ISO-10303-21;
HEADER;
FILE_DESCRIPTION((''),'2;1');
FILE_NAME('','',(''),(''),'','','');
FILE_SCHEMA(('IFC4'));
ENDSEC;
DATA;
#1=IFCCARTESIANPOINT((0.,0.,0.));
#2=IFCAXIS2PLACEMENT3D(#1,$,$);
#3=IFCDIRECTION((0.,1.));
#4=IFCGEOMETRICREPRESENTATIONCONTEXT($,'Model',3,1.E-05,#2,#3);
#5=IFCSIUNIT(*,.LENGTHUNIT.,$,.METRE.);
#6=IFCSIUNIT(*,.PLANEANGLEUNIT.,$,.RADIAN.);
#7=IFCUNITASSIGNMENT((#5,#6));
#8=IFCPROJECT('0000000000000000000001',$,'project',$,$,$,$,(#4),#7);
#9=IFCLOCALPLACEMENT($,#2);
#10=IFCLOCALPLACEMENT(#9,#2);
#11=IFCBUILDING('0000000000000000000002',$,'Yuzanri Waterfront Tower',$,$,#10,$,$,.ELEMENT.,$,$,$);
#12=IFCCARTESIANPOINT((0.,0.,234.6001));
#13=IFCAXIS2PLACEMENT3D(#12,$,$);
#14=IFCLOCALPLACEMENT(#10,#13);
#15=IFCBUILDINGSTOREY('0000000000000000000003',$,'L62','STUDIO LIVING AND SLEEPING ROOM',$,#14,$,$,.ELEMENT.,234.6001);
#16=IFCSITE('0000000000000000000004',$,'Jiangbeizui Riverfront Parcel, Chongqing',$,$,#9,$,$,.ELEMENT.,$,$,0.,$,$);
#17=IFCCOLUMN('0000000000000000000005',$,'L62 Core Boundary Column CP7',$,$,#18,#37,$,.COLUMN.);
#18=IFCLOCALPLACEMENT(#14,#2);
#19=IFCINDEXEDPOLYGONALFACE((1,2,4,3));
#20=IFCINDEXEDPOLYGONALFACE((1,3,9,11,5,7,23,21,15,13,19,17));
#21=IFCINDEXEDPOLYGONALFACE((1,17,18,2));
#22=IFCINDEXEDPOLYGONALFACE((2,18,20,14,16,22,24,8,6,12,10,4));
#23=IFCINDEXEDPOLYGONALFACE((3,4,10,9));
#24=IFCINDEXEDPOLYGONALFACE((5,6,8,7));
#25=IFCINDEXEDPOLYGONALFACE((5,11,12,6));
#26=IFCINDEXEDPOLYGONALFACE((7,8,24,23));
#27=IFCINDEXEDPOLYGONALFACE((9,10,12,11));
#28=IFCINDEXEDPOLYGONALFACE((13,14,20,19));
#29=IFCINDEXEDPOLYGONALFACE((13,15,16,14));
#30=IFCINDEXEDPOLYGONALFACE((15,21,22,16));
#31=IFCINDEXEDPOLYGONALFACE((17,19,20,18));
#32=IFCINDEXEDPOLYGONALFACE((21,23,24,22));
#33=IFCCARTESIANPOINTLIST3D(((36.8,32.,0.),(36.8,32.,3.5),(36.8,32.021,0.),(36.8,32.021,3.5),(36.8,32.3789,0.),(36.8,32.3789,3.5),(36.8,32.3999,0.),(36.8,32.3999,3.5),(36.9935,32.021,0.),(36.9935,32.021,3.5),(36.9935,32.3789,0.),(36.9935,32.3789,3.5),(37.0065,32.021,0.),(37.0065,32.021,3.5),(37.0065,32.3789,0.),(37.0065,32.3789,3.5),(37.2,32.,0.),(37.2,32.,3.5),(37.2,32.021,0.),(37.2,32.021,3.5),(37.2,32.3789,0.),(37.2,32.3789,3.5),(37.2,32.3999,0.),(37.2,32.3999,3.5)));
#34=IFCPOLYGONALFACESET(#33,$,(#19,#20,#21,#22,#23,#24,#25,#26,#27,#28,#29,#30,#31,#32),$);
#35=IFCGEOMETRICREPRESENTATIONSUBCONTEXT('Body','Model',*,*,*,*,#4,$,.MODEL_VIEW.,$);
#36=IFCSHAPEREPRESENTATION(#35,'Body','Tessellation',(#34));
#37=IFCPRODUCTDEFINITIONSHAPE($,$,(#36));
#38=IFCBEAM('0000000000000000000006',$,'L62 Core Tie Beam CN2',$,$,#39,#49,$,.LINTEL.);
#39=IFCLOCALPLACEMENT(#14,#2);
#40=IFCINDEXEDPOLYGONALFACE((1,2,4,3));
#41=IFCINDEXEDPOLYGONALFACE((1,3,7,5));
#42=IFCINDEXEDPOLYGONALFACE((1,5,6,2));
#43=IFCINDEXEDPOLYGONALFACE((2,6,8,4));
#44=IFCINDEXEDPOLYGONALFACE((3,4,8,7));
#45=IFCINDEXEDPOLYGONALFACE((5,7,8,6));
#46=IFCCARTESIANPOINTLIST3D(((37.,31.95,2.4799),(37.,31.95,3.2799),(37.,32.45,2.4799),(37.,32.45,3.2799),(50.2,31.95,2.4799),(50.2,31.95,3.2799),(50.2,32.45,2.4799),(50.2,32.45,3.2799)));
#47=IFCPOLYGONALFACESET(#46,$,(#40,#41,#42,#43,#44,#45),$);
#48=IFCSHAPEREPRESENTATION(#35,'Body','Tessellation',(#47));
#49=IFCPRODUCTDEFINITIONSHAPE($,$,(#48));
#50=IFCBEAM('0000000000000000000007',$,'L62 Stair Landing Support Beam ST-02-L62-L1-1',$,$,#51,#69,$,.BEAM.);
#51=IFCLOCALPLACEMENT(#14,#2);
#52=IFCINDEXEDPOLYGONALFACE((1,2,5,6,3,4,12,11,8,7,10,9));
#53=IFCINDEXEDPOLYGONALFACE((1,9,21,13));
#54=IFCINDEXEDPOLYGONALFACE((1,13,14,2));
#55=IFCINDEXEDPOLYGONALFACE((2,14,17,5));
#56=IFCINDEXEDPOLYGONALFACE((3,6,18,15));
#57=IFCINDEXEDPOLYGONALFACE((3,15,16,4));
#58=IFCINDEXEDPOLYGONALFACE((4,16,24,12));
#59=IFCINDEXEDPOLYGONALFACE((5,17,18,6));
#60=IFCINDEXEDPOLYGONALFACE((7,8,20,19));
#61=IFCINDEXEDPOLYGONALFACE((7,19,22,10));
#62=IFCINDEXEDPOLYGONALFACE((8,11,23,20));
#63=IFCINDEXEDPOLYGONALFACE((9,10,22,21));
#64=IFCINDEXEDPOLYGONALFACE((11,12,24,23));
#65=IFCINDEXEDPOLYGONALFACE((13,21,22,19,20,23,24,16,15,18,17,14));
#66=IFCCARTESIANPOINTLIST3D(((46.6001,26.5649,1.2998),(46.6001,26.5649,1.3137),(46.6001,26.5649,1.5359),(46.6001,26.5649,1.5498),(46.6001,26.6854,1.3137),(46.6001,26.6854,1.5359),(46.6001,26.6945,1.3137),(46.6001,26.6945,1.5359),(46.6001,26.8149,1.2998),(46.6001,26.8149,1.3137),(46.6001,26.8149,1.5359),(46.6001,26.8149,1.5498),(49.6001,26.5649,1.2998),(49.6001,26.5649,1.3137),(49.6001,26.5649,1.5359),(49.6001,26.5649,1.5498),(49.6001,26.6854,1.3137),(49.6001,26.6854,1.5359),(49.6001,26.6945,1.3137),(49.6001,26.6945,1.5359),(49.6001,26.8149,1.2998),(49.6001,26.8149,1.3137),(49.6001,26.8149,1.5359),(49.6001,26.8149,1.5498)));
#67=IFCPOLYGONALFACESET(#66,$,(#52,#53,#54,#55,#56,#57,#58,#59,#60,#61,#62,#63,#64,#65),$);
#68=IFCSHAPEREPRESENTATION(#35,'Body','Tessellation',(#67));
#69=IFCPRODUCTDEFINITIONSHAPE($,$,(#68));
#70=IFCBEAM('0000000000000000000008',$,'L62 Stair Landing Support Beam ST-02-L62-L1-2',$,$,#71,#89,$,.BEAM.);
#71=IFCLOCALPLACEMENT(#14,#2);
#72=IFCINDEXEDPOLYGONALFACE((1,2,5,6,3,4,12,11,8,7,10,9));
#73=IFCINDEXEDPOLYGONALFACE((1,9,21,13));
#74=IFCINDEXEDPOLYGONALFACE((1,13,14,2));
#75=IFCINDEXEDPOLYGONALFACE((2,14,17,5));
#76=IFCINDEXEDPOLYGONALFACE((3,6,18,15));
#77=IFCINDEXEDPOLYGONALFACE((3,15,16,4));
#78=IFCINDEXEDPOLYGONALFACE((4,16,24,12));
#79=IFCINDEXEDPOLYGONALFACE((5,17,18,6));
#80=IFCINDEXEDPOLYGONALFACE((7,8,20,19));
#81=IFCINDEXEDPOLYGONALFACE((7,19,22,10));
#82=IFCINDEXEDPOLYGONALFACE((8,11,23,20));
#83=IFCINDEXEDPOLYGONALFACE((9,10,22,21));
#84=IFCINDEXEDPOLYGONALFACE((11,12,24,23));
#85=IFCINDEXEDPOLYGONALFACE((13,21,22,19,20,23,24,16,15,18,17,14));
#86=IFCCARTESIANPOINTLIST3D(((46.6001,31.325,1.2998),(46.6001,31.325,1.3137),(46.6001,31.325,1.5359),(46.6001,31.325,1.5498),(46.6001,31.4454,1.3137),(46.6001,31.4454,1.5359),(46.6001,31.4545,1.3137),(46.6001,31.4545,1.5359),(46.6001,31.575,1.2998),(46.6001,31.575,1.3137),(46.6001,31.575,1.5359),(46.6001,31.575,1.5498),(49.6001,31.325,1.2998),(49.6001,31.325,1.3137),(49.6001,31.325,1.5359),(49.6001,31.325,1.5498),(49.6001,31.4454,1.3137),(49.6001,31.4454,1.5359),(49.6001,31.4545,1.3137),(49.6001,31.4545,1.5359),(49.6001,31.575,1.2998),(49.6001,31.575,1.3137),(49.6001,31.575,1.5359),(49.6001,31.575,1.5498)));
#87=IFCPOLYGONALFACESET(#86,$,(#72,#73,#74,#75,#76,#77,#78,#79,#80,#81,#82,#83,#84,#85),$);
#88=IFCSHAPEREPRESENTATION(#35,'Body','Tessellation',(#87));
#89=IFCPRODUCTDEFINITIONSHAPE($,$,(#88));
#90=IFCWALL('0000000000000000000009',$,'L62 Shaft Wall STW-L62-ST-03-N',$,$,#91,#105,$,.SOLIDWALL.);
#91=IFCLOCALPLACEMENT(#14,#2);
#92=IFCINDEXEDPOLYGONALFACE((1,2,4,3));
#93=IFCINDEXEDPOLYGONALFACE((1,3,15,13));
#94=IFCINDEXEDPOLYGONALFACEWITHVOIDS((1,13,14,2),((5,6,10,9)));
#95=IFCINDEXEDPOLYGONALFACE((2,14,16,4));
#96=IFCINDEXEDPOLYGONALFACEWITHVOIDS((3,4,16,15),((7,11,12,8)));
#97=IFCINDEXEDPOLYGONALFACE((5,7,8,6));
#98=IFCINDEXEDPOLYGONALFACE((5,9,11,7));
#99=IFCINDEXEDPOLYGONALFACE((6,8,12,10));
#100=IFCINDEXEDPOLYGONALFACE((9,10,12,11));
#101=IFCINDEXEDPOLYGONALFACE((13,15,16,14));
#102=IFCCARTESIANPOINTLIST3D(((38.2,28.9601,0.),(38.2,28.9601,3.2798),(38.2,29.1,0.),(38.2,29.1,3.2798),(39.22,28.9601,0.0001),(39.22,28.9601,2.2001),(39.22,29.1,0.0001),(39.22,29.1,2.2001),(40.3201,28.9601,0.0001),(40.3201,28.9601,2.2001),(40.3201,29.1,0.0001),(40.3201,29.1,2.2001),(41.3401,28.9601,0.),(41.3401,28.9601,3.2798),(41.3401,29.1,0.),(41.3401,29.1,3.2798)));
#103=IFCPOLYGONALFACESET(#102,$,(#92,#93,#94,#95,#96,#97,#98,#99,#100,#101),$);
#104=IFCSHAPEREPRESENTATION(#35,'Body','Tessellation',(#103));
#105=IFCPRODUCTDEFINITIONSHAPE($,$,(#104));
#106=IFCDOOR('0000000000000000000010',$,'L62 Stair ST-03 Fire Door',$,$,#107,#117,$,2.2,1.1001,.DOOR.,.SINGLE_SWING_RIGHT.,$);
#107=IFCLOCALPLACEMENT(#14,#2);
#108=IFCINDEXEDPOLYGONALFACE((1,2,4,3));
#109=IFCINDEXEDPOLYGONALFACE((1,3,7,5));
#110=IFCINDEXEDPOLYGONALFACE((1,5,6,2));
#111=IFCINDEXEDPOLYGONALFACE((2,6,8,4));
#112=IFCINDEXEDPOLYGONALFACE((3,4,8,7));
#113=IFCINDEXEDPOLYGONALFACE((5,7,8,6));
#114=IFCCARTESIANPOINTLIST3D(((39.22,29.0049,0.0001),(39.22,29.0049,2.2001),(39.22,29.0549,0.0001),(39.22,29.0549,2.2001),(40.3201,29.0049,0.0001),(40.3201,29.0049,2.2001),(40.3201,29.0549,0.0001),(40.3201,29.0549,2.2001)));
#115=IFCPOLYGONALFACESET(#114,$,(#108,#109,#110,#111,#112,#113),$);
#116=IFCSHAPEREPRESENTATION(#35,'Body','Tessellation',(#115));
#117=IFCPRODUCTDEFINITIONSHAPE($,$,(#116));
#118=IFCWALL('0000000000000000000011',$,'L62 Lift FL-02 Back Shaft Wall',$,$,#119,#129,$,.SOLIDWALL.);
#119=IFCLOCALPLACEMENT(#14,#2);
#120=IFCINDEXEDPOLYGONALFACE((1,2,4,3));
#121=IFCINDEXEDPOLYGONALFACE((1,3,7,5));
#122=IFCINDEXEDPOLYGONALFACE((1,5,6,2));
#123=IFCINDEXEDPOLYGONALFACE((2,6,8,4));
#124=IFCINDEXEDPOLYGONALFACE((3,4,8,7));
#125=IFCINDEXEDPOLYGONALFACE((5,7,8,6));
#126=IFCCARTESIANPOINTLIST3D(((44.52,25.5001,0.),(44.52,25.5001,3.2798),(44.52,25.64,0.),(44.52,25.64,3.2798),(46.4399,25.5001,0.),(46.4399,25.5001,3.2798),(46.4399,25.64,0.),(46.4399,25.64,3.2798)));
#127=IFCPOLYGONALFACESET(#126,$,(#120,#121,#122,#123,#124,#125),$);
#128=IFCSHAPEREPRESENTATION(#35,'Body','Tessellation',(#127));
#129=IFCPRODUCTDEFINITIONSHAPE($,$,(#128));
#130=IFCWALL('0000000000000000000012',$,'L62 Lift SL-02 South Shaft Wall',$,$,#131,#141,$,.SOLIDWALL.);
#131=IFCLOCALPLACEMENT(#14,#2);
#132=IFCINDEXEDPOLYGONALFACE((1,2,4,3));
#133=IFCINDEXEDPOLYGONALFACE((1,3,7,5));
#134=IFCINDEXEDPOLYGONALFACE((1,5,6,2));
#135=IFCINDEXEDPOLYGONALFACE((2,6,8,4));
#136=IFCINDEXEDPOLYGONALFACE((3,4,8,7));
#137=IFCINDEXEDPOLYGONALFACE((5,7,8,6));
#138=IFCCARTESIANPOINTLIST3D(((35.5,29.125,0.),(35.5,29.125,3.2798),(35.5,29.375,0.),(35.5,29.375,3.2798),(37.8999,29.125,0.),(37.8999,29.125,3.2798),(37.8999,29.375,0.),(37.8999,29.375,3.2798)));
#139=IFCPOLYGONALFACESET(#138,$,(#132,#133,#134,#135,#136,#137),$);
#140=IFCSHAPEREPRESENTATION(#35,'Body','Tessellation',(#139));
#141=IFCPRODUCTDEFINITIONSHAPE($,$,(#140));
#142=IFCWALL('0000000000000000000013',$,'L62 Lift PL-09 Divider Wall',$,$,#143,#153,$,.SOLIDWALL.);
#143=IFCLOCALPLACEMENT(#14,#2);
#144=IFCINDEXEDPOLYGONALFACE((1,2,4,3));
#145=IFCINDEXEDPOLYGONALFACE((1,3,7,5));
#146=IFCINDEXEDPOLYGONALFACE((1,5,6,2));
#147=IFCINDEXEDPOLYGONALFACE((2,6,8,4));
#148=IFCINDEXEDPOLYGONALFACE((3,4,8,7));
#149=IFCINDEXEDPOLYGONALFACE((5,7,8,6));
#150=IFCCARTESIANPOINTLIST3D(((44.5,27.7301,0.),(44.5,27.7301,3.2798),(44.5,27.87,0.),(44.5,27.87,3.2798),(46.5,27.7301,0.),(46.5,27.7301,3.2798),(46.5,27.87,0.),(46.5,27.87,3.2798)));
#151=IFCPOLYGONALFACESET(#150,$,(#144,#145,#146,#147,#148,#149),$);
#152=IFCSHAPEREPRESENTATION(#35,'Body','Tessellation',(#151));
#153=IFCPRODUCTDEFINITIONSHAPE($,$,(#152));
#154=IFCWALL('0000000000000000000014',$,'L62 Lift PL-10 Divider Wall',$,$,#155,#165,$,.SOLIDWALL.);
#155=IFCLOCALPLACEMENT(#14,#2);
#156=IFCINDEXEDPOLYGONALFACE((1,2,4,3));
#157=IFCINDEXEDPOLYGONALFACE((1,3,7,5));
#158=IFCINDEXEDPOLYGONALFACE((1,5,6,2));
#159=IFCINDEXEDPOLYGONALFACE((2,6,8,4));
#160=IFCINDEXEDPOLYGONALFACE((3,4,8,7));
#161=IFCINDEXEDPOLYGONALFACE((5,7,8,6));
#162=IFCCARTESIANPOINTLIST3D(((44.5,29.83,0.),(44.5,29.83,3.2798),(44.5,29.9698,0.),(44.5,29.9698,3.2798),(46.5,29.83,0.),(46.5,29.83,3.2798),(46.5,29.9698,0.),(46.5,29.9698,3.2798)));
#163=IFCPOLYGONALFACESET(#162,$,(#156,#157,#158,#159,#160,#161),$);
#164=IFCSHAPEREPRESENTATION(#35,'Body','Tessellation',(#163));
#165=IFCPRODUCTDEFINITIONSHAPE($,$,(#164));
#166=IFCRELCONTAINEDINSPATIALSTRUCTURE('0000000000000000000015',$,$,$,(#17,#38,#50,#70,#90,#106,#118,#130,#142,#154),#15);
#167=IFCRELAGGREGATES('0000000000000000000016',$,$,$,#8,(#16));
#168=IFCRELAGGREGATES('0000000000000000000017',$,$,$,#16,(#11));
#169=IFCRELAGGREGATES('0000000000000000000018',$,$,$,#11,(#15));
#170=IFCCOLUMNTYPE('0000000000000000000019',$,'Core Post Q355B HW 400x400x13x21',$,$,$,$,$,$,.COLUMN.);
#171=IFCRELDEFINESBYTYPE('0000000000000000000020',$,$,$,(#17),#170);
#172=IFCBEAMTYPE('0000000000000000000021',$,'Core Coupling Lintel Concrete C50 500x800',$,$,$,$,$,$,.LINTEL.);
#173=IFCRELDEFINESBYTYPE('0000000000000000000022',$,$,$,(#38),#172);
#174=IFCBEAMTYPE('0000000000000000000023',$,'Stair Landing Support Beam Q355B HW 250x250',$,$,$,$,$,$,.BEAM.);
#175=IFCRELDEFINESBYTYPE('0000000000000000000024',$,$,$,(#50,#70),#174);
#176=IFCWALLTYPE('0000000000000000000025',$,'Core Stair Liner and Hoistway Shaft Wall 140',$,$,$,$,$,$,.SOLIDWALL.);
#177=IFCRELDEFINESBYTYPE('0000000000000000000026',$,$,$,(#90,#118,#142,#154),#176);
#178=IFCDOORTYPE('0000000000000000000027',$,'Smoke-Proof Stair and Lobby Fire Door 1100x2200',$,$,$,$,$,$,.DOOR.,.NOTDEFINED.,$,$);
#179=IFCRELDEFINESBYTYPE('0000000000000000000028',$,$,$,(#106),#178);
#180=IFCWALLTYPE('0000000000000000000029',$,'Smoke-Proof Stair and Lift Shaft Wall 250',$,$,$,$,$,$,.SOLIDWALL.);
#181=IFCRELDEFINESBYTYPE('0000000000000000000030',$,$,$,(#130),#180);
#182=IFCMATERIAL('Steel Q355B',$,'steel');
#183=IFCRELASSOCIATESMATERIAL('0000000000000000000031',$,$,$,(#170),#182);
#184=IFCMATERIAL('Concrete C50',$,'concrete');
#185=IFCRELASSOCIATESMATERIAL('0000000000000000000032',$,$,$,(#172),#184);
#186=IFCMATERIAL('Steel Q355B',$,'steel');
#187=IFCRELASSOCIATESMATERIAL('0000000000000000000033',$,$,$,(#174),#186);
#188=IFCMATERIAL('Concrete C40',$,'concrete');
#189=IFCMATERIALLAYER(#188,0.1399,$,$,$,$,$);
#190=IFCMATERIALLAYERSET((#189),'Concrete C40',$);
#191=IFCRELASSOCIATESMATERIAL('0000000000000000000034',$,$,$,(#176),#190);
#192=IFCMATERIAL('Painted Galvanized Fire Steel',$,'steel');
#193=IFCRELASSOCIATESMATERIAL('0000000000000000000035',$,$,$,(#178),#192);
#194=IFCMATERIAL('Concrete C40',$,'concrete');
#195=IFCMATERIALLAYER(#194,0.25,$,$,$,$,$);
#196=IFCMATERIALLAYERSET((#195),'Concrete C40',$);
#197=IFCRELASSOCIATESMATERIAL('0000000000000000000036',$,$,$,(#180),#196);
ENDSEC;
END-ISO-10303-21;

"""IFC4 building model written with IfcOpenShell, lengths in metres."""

from ifc_helpers import new_model, si_unit, direction, frame, frame_2d, origin, origin_2d, place, context, subcontext, project, spatial, rectangle, i_section, extrude, source, transform, mapped, material, layer, layer_set, material_profile, profile_set, type_object, element, fill, save


model = new_model("IFC4")

# Units and contexts
model_context = context("Model", 3, precision=1e-05, world=origin(), true_north=direction((0.0, 1.0)))
body_context = subcontext(model_context, "Body", "Model", "MODEL_VIEW")
ifc_project = project(units=[si_unit("LENGTHUNIT", "METRE"), si_unit("PLANEANGLEUNIT", "RADIAN")], contexts=[model_context])

# Site, building, storey
site_placement = place(None, origin())
site = spatial("IfcSite", under=ifc_project, at=site_placement, Name="Jiangbeizui Riverfront Parcel, Chongqing", CompositionType="ELEMENT", RefElevation=0.0)
building_placement = place(site_placement, origin())
building = spatial("IfcBuilding", under=site, at=building_placement, Name="Yuzanri Waterfront Tower", CompositionType="ELEMENT")
storey_placement = place(building_placement, frame((0.0, 0.0, 234.6001)))
storey = spatial("IfcBuildingStorey", under=building, at=storey_placement, Name="L62", Description="STUDIO LIVING AND SLEEPING ROOM", CompositionType="ELEMENT", Elevation=234.6001)

# Column
ifc_material_1 = material(Name="Steel Q355B", Category="steel")
ifc_material_profile_1 = material_profile(ifc_material_1, i_section(OverallWidth=0.3999, OverallDepth=0.3999, WebThickness=0.0129, FlangeThickness=0.021, at=origin_2d()), Name="HW 400x400x13x21")
ifc_profile_set_1 = profile_set([ifc_material_profile_1], Name="Steel Q355B")
column_type = type_object("IfcColumnType", Name="Core Post Q355B HW 400x400x13x21", PredefinedType="COLUMN", material=ifc_profile_set_1)
shared_shape_1 = source(origin(), body_context, "Body", "SweptSolid", [
    extrude(i_section(OverallWidth=0.3999, OverallDepth=0.3999, WebThickness=0.0129, FlangeThickness=0.021, at=origin_2d()), origin(), (0.0, 0.0, 1.0), 3.5),
])
column_placement = place(storey_placement, frame((37.0, 32.2, 0.0), z_axis=(0.0, 0.0, 1.0), x_axis=(1.0, 0.0, 0.0)))
element("IfcColumn", 1, at=column_placement, inside=storey, type_object=column_type, Name="L62 Core Boundary Column CP7", PredefinedType="COLUMN", context=body_context, shape_type="MappedRepresentation", body=[
    mapped(shared_shape_1, transform((0.0, 0.0, 0.0), scale=1.0)),
])

# Beams
ifc_material_2 = material(Name="Concrete C50", Category="concrete")
ifc_material_profile_2 = material_profile(ifc_material_2, rectangle(XDim=0.5, YDim=0.8, at=origin_2d()), Name="RC 500x800")
ifc_profile_set_2 = profile_set([ifc_material_profile_2], Name="Concrete C50")
beam_type_1 = type_object("IfcBeamType", Name="Core Coupling Lintel Concrete C50 500x800", PredefinedType="LINTEL", material=ifc_profile_set_2)
shared_shape_2 = source(origin(), body_context, "Body", "SweptSolid", [
    extrude(rectangle(XDim=0.5, YDim=0.8, at=origin_2d()), origin(), (0.0, 0.0, 1.0), 13.2),
])
beam_placement = place(storey_placement, frame((37.0, 32.2, 2.8799), z_axis=(1.0, 0.0, 0.0), x_axis=(0.0, 1.0, 0.0)))
element("IfcBeam", 2, at=beam_placement, inside=storey, type_object=beam_type_1, Name="L62 Core Tie Beam CN2", PredefinedType="LINTEL", context=body_context, shape_type="MappedRepresentation", body=[
    mapped(shared_shape_2, transform((0.0, 0.0, 0.0), scale=1.0)),
])
ifc_material_3 = material(Name="Steel Q355B", Category="steel")
ifc_material_profile_3 = material_profile(ifc_material_3, i_section(OverallWidth=0.25, OverallDepth=0.25, WebThickness=0.009, FlangeThickness=0.0139, at=origin_2d()), Name="HW 250x250x9x14")
ifc_profile_set_3 = profile_set([ifc_material_profile_3], Name="Steel Q355B")
beam_type_2 = type_object("IfcBeamType", Name="Stair Landing Support Beam Q355B HW 250x250", PredefinedType="BEAM", material=ifc_profile_set_3)
shared_shape_3 = source(origin(), body_context, "Body", "SweptSolid", [
    extrude(i_section(OverallWidth=0.25, OverallDepth=0.25, WebThickness=0.009, FlangeThickness=0.0139, at=origin_2d()), origin(), (0.0, 0.0, 1.0), 3.0),
])
for number, where, z_axis, x_axis, name in (
    (3, (46.6001, 26.6899, 1.4248), (1.0, 0.0, 0.0), (0.0, 1.0, 0.0), "L62 Stair Landing Support Beam ST-02-L62-L1-1"),
    (4, (46.6001, 31.45, 1.4248), (1.0, 0.0, 0.0), (0.0, 1.0, 0.0), "L62 Stair Landing Support Beam ST-02-L62-L1-2"),
):
    element("IfcBeam", number, at=place(storey_placement, frame(where, z_axis=z_axis, x_axis=x_axis)), inside=storey, type_object=beam_type_2, Name=name, PredefinedType="BEAM", context=body_context, shape_type="MappedRepresentation", body=[
        mapped(shared_shape_3, transform((0.0, 0.0, 0.0), scale=1.0)),
    ])

# Wall, opening, door
ifc_material_4 = material(Name="Concrete C40", Category="concrete")
ifc_layer_1 = layer(ifc_material_4, 0.1399)
ifc_layer_set_1 = layer_set([ifc_layer_1], Name="Concrete C40")
wall_type_1 = type_object("IfcWallType", Name="Core Stair Liner and Hoistway Shaft Wall 140", PredefinedType="SOLIDWALL", material=ifc_layer_set_1)
wall_1_placement = place(storey_placement, frame((38.2, 29.03, 0.0), z_axis=(0.0, 0.0, 1.0), x_axis=(1.0, 0.0, 0.0)))
wall_1 = element("IfcWall", 5, at=wall_1_placement, inside=storey, type_object=wall_type_1, Name="L62 Shaft Wall STW-L62-ST-03-N", PredefinedType="SOLIDWALL", context=body_context, shape_type="SweptSolid", body=[
    extrude(rectangle(XDim=3.1401, YDim=0.1399, at=frame_2d((1.5701, 0.0))), origin(), (0.0, 0.0, 1.0), 3.2798),
])
opening_placement = place(wall_1_placement, frame((1.02, 0.0, 0.0)))
opening = element("IfcOpeningElement", 6, at=opening_placement, cuts=wall_1, PredefinedType="OPENING", context=body_context, shape_type="SweptSolid", body=[
    extrude(rectangle(XDim=1.1001, YDim=2.2, at=frame_2d((0.55, 1.1001))), frame((0.0, 0.085, 0.0), z_axis=(0.0, -1.0, 0.0), x_axis=(1.0, 0.0, 0.0)), (0.0, 0.0, 1.0), 0.1697),
])
ifc_material_5 = material(Name="Painted Galvanized Fire Steel", Category="steel")
door_type = type_object("IfcDoorType", Name="Smoke-Proof Stair and Lobby Fire Door 1100x2200", OperationType="NOTDEFINED", PredefinedType="DOOR", material=ifc_material_5)
shared_shape_4 = source(origin(), body_context, "Body", "SweptSolid", [
    extrude(rectangle(XDim=1.1001, YDim=2.2, at=frame_2d((0.55, 1.1001))), frame((0.0, 0.0249, 0.0), z_axis=(0.0, -1.0, 0.0), x_axis=(1.0, 0.0, 0.0)), (0.0, 0.0, 1.0), 0.05),
])
door_placement = place(opening_placement, origin())
door = element("IfcDoor", 7, at=door_placement, inside=storey, type_object=door_type, Name="L62 Stair ST-03 Fire Door", OperationType="SINGLE_SWING_RIGHT", OverallHeight=2.2, OverallWidth=1.1001, PredefinedType="DOOR", context=body_context, shape_type="MappedRepresentation", body=[
    mapped(shared_shape_4, transform((0.0, 0.0, 0.0), scale=1.0)),
])
fill(opening, door)

# Walls
shared_shape_5 = source(origin(), body_context, "Body", "SweptSolid", [
    extrude(rectangle(XDim=1.9199, YDim=0.1399, at=frame_2d((0.96, 0.0))), origin(), (0.0, 0.0, 1.0), 3.2798),
])
wall_2_placement = place(storey_placement, frame((44.52, 25.5701, 0.0), z_axis=(0.0, 0.0, 1.0), x_axis=(1.0, 0.0, 0.0)))
element("IfcWall", 8, at=wall_2_placement, inside=storey, type_object=wall_type_1, Name="L62 Lift FL-02 Back Shaft Wall", PredefinedType="SOLIDWALL", context=body_context, shape_type="MappedRepresentation", body=[
    mapped(shared_shape_5, transform((0.0, 0.0, 0.0), scale=1.0)),
])
ifc_material_6 = material(Name="Concrete C40", Category="concrete")
ifc_layer_2 = layer(ifc_material_6, 0.25)
ifc_layer_set_2 = layer_set([ifc_layer_2], Name="Concrete C40")
wall_type_2 = type_object("IfcWallType", Name="Smoke-Proof Stair and Lift Shaft Wall 250", PredefinedType="SOLIDWALL", material=ifc_layer_set_2)
shared_shape_6 = source(origin(), body_context, "Body", "SweptSolid", [
    extrude(rectangle(XDim=2.3999, YDim=0.25, at=frame_2d((1.2, 0.0))), origin(), (0.0, 0.0, 1.0), 3.2798),
])
wall_3_placement = place(storey_placement, frame((35.5, 29.25, 0.0), z_axis=(0.0, 0.0, 1.0), x_axis=(1.0, 0.0, 0.0)))
element("IfcWall", 9, at=wall_3_placement, inside=storey, type_object=wall_type_2, Name="L62 Lift SL-02 South Shaft Wall", PredefinedType="SOLIDWALL", context=body_context, shape_type="MappedRepresentation", body=[
    mapped(shared_shape_6, transform((0.0, 0.0, 0.0), scale=1.0)),
])
shared_shape_7 = source(origin(), body_context, "Body", "SweptSolid", [
    extrude(rectangle(XDim=2.0, YDim=0.1399, at=frame_2d((1.0, 0.0))), origin(), (0.0, 0.0, 1.0), 3.2798),
])
for number, where, z_axis, x_axis, name in (
    (10, (44.5, 27.8, 0.0), (0.0, 0.0, 1.0), (1.0, 0.0, 0.0), "L62 Lift PL-09 Divider Wall"),
    (11, (44.5, 29.8999, 0.0), (0.0, 0.0, 1.0), (1.0, 0.0, 0.0), "L62 Lift PL-10 Divider Wall"),
):
    element("IfcWall", number, at=place(storey_placement, frame(where, z_axis=z_axis, x_axis=x_axis)), inside=storey, type_object=wall_type_1, Name=name, PredefinedType="SOLIDWALL", context=body_context, shape_type="MappedRepresentation", body=[
        mapped(shared_shape_7, transform((0.0, 0.0, 0.0), scale=1.0)),
    ])

save(model, "model.ifc")
